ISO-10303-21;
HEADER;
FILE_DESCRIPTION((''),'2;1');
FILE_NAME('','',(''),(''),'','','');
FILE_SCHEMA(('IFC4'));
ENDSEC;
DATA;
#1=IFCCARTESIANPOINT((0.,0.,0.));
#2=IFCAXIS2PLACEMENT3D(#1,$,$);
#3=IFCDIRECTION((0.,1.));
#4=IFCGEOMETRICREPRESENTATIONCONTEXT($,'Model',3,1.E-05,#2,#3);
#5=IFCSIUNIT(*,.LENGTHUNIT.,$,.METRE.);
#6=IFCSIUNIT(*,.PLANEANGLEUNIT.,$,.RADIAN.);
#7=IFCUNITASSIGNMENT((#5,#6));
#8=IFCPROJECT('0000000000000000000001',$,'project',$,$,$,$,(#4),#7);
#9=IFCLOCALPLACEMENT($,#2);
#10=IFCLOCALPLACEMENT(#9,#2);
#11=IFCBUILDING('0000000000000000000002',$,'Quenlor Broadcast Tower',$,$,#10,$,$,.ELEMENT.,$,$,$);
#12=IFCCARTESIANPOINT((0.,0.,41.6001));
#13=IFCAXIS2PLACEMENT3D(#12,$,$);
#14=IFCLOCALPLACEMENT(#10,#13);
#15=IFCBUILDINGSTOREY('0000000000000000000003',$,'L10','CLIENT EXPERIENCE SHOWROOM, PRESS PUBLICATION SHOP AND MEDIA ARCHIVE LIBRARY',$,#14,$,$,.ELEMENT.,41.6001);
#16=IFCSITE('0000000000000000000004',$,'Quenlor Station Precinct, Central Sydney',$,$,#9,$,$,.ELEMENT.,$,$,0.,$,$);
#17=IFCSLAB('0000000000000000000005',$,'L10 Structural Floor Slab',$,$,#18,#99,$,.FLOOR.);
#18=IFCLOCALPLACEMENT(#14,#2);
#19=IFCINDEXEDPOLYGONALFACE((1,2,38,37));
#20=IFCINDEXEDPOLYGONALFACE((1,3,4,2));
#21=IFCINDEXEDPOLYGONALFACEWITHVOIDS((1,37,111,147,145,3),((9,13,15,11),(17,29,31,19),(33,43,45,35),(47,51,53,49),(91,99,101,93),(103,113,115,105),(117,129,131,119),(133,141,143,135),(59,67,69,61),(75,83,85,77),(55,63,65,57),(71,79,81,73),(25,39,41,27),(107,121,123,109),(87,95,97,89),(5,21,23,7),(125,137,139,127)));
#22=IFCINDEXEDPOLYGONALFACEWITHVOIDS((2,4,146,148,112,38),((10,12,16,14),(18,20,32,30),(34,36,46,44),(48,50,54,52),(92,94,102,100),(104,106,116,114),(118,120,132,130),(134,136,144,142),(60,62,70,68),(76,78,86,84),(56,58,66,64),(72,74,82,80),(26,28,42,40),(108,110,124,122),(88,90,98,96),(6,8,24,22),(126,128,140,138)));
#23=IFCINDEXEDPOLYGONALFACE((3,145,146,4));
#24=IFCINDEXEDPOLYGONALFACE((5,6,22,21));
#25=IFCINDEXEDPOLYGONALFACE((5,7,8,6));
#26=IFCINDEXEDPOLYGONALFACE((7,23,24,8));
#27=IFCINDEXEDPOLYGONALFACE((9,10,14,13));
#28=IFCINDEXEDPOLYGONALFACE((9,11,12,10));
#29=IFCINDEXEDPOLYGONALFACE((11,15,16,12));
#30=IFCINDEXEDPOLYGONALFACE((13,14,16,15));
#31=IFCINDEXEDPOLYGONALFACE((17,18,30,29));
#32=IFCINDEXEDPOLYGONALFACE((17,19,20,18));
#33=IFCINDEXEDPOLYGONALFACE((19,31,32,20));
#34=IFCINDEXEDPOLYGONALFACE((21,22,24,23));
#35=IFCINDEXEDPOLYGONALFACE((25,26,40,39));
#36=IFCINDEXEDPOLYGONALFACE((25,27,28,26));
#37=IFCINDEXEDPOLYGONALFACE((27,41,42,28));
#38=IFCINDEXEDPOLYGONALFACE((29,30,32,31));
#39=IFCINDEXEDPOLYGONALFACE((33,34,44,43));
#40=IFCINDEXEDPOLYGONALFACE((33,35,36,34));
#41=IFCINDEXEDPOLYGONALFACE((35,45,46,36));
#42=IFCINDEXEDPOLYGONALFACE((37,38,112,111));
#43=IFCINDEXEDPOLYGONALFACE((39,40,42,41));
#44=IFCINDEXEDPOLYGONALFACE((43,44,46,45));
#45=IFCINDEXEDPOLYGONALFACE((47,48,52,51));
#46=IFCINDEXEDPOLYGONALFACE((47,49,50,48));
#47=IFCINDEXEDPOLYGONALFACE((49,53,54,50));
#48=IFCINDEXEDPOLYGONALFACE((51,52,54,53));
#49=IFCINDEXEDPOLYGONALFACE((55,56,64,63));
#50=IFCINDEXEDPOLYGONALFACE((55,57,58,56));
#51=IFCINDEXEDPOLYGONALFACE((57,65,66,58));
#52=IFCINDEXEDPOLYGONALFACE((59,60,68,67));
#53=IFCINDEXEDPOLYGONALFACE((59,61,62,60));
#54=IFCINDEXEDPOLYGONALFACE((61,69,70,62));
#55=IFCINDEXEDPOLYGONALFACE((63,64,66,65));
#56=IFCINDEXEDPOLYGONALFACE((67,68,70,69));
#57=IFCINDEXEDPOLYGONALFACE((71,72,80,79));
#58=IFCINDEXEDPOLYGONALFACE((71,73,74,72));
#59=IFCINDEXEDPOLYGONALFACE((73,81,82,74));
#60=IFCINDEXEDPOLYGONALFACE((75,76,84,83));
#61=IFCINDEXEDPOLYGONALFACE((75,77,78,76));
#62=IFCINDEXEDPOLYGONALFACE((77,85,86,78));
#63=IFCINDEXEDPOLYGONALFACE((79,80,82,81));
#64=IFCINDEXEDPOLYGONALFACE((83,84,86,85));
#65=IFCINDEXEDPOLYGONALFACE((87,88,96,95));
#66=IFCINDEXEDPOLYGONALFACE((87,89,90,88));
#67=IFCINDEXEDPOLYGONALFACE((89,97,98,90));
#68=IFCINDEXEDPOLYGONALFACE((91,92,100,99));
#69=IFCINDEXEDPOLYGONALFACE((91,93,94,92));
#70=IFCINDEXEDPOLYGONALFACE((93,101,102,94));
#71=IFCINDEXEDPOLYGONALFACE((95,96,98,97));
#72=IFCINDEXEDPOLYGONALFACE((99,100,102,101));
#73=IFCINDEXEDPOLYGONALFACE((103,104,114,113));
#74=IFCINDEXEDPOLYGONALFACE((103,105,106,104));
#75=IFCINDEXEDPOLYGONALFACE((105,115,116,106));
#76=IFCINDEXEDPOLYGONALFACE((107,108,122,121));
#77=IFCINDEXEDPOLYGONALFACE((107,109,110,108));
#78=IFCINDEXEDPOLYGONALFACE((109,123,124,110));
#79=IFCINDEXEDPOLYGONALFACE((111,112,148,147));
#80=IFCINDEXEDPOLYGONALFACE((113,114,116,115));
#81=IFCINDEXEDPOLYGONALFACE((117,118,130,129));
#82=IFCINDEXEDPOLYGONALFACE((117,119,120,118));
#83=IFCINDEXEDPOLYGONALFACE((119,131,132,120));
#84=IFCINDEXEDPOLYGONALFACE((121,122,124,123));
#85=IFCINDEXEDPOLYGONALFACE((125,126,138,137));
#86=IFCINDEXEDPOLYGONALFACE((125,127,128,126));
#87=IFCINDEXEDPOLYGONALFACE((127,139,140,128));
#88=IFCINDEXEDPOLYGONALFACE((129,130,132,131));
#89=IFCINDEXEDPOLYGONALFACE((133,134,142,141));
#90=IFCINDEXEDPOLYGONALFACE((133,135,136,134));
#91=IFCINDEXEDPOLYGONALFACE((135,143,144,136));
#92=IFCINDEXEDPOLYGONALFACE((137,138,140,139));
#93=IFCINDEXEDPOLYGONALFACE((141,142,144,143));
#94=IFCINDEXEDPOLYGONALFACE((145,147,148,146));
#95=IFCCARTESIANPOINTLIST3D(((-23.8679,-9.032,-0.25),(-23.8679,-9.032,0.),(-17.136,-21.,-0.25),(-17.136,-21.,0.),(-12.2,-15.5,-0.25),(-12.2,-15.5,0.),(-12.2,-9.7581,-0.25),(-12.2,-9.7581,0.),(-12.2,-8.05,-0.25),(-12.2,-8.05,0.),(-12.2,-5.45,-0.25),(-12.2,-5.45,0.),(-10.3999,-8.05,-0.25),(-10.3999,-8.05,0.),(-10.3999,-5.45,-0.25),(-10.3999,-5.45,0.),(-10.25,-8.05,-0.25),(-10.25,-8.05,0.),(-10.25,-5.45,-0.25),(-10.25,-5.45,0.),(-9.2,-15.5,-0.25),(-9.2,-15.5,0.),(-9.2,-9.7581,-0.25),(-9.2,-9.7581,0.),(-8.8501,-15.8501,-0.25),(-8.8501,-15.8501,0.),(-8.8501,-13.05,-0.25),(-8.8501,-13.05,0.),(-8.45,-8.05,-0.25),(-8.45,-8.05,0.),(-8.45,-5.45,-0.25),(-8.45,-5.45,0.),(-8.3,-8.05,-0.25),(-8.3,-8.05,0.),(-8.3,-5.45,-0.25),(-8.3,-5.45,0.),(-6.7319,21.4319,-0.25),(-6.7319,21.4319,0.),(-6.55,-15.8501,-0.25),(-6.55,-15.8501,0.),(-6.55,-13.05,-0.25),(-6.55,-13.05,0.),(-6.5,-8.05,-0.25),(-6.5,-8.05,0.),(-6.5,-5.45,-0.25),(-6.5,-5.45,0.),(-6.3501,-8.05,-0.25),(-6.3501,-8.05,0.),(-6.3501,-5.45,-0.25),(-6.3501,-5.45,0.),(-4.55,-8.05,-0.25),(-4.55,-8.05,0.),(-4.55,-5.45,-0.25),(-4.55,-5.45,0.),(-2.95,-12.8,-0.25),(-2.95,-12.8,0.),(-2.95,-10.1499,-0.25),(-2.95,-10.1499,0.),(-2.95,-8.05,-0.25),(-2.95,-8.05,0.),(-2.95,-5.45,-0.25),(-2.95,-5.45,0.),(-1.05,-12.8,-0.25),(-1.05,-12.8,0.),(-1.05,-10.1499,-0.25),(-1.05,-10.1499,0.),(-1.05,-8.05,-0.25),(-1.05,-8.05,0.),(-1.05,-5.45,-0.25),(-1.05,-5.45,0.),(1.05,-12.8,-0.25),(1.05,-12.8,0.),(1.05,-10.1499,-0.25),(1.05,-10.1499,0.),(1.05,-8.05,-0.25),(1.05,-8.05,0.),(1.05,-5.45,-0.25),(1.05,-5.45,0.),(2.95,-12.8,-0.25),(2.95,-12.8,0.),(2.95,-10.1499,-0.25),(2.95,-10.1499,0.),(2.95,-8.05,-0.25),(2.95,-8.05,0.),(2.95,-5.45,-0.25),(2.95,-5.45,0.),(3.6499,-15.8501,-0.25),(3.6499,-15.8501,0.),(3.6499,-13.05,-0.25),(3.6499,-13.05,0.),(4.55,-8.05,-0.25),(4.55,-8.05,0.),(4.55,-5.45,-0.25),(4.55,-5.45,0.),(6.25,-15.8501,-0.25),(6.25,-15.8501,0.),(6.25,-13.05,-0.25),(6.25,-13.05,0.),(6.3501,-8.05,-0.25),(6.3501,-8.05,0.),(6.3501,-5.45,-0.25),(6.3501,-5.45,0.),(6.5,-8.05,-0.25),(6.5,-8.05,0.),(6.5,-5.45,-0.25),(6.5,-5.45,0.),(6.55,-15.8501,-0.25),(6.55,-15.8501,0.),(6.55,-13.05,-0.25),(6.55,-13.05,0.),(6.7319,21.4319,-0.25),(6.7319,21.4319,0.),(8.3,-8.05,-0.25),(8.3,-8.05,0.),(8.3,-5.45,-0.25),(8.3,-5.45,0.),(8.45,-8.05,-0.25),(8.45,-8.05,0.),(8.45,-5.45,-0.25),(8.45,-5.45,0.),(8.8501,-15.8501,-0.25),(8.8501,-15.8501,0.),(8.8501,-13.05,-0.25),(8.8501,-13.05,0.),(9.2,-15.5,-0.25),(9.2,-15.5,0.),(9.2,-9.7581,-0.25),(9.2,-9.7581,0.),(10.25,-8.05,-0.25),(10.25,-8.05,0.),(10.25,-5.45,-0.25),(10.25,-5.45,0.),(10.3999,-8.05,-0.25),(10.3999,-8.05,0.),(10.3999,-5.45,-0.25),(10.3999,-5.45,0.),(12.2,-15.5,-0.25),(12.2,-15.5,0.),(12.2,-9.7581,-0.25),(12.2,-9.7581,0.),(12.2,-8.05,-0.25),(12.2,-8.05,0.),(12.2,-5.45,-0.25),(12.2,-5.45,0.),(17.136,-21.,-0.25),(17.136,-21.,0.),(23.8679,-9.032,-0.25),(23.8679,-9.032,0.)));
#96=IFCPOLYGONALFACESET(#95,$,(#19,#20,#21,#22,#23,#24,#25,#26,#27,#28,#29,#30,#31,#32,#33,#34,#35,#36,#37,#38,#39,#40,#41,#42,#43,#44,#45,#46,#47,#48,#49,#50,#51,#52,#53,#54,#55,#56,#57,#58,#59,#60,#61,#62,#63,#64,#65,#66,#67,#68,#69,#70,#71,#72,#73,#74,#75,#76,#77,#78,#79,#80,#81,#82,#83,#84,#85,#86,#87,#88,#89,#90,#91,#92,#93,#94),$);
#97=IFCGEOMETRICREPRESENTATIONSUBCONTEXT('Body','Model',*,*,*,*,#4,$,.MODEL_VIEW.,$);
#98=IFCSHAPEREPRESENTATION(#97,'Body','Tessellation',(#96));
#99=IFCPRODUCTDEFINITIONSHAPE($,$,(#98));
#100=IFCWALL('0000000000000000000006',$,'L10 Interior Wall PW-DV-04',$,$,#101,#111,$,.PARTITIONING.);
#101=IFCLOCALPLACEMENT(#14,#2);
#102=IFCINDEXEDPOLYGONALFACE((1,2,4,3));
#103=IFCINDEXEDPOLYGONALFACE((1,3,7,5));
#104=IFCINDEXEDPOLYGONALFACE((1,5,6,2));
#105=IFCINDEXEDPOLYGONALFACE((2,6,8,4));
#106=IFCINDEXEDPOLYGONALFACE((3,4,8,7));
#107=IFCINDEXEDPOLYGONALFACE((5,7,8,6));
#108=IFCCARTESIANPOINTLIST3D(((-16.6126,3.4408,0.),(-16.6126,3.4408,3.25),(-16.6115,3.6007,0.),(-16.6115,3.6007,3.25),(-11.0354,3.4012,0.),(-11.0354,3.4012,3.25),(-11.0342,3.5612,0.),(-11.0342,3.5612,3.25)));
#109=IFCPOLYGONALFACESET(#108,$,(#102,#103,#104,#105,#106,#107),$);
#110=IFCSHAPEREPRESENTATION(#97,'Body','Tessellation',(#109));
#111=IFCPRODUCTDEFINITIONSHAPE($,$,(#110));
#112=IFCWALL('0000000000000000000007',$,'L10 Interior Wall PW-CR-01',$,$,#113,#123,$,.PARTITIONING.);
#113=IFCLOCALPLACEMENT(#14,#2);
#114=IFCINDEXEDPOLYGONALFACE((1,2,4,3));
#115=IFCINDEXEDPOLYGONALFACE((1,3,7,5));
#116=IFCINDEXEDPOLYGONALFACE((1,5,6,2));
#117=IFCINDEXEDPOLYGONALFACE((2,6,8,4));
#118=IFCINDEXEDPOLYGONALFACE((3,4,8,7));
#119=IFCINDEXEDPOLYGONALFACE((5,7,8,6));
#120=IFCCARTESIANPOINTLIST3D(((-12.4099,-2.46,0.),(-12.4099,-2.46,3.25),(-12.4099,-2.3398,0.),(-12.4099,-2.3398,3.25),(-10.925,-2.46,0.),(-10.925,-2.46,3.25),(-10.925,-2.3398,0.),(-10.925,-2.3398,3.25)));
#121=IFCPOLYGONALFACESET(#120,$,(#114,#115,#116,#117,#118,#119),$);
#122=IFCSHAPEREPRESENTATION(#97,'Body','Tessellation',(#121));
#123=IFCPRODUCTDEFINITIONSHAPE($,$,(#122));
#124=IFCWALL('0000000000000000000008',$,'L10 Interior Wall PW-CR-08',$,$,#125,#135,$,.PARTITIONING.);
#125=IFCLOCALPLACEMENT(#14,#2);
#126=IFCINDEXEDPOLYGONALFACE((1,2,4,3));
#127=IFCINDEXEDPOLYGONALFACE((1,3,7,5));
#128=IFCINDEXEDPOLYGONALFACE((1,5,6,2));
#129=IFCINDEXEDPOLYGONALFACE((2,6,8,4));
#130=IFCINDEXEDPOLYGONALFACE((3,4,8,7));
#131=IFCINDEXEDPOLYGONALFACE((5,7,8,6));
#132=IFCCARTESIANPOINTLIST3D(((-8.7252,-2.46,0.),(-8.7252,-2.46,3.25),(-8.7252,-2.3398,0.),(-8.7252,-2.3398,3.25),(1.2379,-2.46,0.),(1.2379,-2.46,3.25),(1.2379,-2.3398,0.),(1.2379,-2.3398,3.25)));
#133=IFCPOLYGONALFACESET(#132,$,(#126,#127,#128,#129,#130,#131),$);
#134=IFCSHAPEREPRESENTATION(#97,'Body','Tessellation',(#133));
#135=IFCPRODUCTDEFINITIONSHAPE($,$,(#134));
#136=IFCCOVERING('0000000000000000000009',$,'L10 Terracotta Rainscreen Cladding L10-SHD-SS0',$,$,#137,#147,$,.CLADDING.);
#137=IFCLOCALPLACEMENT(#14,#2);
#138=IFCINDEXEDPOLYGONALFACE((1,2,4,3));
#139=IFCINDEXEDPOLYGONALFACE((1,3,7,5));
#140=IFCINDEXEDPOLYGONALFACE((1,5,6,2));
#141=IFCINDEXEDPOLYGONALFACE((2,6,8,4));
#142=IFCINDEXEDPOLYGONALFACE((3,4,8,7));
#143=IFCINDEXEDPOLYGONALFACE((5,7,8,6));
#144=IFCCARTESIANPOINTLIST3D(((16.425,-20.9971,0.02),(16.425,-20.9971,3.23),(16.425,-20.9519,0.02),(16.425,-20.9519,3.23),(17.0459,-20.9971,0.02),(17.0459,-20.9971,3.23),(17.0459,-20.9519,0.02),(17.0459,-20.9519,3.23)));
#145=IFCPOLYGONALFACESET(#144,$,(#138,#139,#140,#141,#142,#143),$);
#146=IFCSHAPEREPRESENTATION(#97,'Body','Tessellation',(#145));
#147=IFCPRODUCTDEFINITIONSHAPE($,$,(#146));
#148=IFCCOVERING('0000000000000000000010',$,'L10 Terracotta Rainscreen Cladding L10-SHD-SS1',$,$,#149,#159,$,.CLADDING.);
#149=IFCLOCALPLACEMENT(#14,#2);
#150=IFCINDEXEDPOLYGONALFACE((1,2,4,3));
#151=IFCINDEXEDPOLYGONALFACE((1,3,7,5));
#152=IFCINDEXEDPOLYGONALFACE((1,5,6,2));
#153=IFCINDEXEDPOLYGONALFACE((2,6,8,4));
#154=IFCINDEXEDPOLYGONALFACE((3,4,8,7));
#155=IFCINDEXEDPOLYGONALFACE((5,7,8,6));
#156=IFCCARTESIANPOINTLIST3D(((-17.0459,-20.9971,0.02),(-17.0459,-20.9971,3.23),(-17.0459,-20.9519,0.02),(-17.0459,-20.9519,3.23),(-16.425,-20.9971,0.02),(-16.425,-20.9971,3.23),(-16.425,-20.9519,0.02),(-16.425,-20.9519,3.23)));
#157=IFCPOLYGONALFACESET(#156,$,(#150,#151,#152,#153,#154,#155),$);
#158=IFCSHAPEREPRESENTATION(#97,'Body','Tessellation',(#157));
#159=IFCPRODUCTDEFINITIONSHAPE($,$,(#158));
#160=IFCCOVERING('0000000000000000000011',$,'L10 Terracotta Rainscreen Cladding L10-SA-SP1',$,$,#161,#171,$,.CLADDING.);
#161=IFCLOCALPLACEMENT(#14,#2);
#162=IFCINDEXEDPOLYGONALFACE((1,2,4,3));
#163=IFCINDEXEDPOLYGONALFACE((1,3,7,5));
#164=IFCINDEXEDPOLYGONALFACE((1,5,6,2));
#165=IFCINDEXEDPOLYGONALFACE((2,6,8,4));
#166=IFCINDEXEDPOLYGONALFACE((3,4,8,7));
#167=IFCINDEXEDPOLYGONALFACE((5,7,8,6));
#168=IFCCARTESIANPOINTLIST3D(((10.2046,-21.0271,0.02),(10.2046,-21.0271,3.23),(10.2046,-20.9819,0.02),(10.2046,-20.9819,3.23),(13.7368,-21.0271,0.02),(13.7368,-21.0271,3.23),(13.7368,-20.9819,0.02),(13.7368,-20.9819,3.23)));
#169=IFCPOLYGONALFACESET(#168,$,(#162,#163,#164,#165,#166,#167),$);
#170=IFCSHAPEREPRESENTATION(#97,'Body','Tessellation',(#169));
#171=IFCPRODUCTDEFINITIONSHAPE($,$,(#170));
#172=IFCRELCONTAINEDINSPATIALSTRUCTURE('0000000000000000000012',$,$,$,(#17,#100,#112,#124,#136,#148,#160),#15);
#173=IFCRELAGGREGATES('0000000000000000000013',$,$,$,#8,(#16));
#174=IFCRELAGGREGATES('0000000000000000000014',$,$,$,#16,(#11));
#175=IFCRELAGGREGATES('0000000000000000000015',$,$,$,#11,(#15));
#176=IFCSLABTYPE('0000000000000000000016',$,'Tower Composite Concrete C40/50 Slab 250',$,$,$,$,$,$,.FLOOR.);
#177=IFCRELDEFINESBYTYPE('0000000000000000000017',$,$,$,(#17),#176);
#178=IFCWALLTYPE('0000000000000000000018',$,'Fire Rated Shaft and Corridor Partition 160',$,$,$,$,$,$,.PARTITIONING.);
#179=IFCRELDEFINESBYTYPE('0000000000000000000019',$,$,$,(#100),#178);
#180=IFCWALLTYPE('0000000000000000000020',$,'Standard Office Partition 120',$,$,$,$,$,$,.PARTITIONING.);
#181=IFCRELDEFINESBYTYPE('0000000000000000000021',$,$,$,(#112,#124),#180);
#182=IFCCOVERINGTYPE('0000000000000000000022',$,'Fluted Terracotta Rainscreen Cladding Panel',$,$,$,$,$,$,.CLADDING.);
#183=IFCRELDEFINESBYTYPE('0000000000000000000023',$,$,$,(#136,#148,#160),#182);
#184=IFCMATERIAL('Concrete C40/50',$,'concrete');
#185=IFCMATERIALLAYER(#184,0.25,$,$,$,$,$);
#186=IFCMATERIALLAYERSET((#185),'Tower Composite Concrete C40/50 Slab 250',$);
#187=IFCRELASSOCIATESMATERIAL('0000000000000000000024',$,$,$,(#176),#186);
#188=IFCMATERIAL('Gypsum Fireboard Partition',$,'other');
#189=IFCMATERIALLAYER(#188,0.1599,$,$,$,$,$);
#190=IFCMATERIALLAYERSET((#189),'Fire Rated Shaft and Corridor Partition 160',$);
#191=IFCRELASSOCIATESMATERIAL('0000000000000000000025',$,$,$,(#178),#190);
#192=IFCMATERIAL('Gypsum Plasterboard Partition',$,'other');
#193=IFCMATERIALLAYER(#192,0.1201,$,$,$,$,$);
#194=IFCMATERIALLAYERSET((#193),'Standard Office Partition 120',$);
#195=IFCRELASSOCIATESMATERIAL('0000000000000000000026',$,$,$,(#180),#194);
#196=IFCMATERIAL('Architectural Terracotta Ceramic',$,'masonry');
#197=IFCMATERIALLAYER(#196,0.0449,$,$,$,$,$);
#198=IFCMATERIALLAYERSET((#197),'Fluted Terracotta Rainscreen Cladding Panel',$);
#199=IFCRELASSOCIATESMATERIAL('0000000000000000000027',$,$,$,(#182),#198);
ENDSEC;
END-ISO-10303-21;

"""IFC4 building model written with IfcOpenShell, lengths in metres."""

from ifc_helpers import new_model, si_unit, direction, frame, frame_2d, origin, place, context, subcontext, project, spatial, polyline, rectangle, outline, extrude, material, layer, layer_set, type_object, element, save


model = new_model("IFC4")

# Units and contexts
model_context = context("Model", 3, precision=1e-05, world=origin(), true_north=direction((0.0, 1.0)))
body_context = subcontext(model_context, "Body", "Model", "MODEL_VIEW")
ifc_project = project(units=[si_unit("LENGTHUNIT", "METRE"), si_unit("PLANEANGLEUNIT", "RADIAN")], contexts=[model_context])

# Site, building, storey
site_placement = place(None, origin())
site = spatial("IfcSite", under=ifc_project, at=site_placement, Name="Quenlor Station Precinct, Central Sydney", CompositionType="ELEMENT", RefElevation=0.0)
building_placement = place(site_placement, origin())
building = spatial("IfcBuilding", under=site, at=building_placement, Name="Quenlor Broadcast Tower", CompositionType="ELEMENT")
storey_placement = place(building_placement, frame((0.0, 0.0, 41.6001)))
storey = spatial("IfcBuildingStorey", under=building, at=storey_placement, Name="L10", Description="CLIENT EXPERIENCE SHOWROOM, PRESS PUBLICATION SHOP AND MEDIA ARCHIVE LIBRARY", CompositionType="ELEMENT", Elevation=41.6001)

# Slab
ifc_material_1 = material(Name="Concrete C40/50", Category="concrete")
ifc_layer_1 = layer(ifc_material_1, 0.25)
ifc_layer_set_1 = layer_set([ifc_layer_1], Name="Tower Composite Concrete C40/50 Slab 250")
slab_type = type_object("IfcSlabType", Name="Tower Composite Concrete C40/50 Slab 250", PredefinedType="FLOOR", material=ifc_layer_set_1)
slab_placement = place(storey_placement, frame((0.0, 0.0, -0.25)))
element("IfcSlab", 1, at=slab_placement, inside=storey, type_object=slab_type, Name="L10 Structural Floor Slab", PredefinedType="FLOOR", context=body_context, shape_type="SweptSolid", body=[
    extrude(outline(polyline([(17.136, -21.0), (23.8679, -9.032), (6.7319, 21.4319), (-6.7319, 21.4319), (-23.8679, -9.032), (-17.136, -21.0), (17.136, -21.0)]), holes=[polyline([(-12.2, -9.7581), (-12.2, -15.5), (-9.2, -15.5), (-9.2, -9.7581), (-12.2, -9.7581)]), polyline([(9.2, -9.7581), (9.2, -15.5), (12.2, -15.5), (12.2, -9.7581), (9.2, -9.7581)]), polyline([(-12.2, -8.05), (-10.3999, -8.05), (-10.3999, -5.45), (-12.2, -5.45), (-12.2, -8.05)]), polyline([(-10.25, -8.05), (-8.45, -8.05), (-8.45, -5.45), (-10.25, -5.45), (-10.25, -8.05)]), polyline([(-8.3, -8.05), (-6.5, -8.05), (-6.5, -5.45), (-8.3, -5.45), (-8.3, -8.05)]), polyline([(-6.3501, -8.05), (-4.55, -8.05), (-4.55, -5.45), (-6.3501, -5.45), (-6.3501, -8.05)]), polyline([(-2.95, -8.05), (-1.05, -8.05), (-1.05, -5.45), (-2.95, -5.45), (-2.95, -8.05)]), polyline([(1.05, -8.05), (2.95, -8.05), (2.95, -5.45), (1.05, -5.45), (1.05, -8.05)]), polyline([(-2.95, -12.8), (-1.05, -12.8), (-1.05, -10.1499), (-2.95, -10.1499), (-2.95, -12.8)]), polyline([(1.05, -12.8), (2.95, -12.8), (2.95, -10.1499), (1.05, -10.1499), (1.05, -12.8)]), polyline([(4.55, -8.05), (6.3501, -8.05), (6.3501, -5.45), (4.55, -5.45), (4.55, -8.05)]), polyline([(6.5, -8.05), (8.3, -8.05), (8.3, -5.45), (6.5, -5.45), (6.5, -8.05)]), polyline([(8.45, -8.05), (10.25, -8.05), (10.25, -5.45), (8.45, -5.45), (8.45, -8.05)]), polyline([(10.3999, -8.05), (12.2, -8.05), (12.2, -5.45), (10.3999, -5.45), (10.3999, -8.05)]), polyline([(-8.8501, -15.8501), (-6.55, -15.8501), (-6.55, -13.05), (-8.8501, -13.05), (-8.8501, -15.8501)]), polyline([(6.55, -15.8501), (8.8501, -15.8501), (8.8501, -13.05), (6.55, -13.05), (6.55, -15.8501)]), polyline([(3.6499, -15.8501), (6.25, -15.8501), (6.25, -13.05), (3.6499, -13.05), (3.6499, -15.8501)])]), origin(), (0.0, 0.0, 1.0), 0.25),
])

# Walls
ifc_material_2 = material(Name="Gypsum Fireboard Partition", Category="other")
ifc_layer_2 = layer(ifc_material_2, 0.1599)
ifc_layer_set_2 = layer_set([ifc_layer_2], Name="Fire Rated Shaft and Corridor Partition 160")
wall_type_1 = type_object("IfcWallType", Name="Fire Rated Shaft and Corridor Partition 160", PredefinedType="PARTITIONING", material=ifc_layer_set_2)
wall_1_placement = place(storey_placement, frame((-11.0349, 3.4812, 0.0), z_axis=(0.0, 0.0, 1.0), x_axis=(-0.999975, 0.007091, 0.0)))
element("IfcWall", 2, at=wall_1_placement, inside=storey, type_object=wall_type_1, Name="L10 Interior Wall PW-DV-04", PredefinedType="PARTITIONING", context=body_context, shape_type="SweptSolid", body=[
    extrude(rectangle(XDim=5.5774, YDim=0.1599, at=frame_2d((2.7886, 0.0))), origin(), (0.0, 0.0, 1.0), 3.25),
])
ifc_material_3 = material(Name="Gypsum Plasterboard Partition", Category="other")
ifc_layer_3 = layer(ifc_material_3, 0.1201)
ifc_layer_set_3 = layer_set([ifc_layer_3], Name="Standard Office Partition 120")
wall_type_2 = type_object("IfcWallType", Name="Standard Office Partition 120", PredefinedType="PARTITIONING", material=ifc_layer_set_3)
wall_2_placement = place(storey_placement, frame((-12.4099, -2.3999, 0.0), z_axis=(0.0, 0.0, 1.0), x_axis=(1.0, 0.0, 0.0)))
element("IfcWall", 3, at=wall_2_placement, inside=storey, type_object=wall_type_2, Name="L10 Interior Wall PW-CR-01", PredefinedType="PARTITIONING", context=body_context, shape_type="SweptSolid", body=[
    extrude(rectangle(XDim=1.4849, YDim=0.1201, at=frame_2d((0.7424, 0.0))), origin(), (0.0, 0.0, 1.0), 3.25),
])

# Wall
wall_3_placement = place(storey_placement, frame((-8.7251, -2.3999, 0.0), z_axis=(0.0, 0.0, 1.0), x_axis=(1.0, 0.0, 0.0)))
element("IfcWall", 4, at=wall_3_placement, inside=storey, type_object=wall_type_2, Name="L10 Interior Wall PW-CR-08", PredefinedType="PARTITIONING", context=body_context, shape_type="SweptSolid", body=[
    extrude(rectangle(XDim=9.9631, YDim=0.1201, at=frame_2d((4.9814, 0.0))), origin(), (0.0, 0.0, 1.0), 3.25),
])

# Coverings
ifc_material_4 = material(Name="Architectural Terracotta Ceramic", Category="masonry")
ifc_layer_4 = layer(ifc_material_4, 0.0449)
ifc_layer_set_4 = layer_set([ifc_layer_4], Name="Fluted Terracotta Rainscreen Cladding Panel")
covering_type = type_object("IfcCoveringType", Name="Fluted Terracotta Rainscreen Cladding Panel", PredefinedType="CLADDING", material=ifc_layer_set_4)
covering_1_placement = place(storey_placement, frame((0.0, 0.0, 0.02)))
element("IfcCovering", 5, at=covering_1_placement, inside=storey, type_object=covering_type, Name="L10 Terracotta Rainscreen Cladding L10-SHD-SS0", PredefinedType="CLADDING", context=body_context, shape_type="SweptSolid", body=[
    extrude(outline(polyline([(17.0459, -20.9519), (16.425, -20.9519), (16.425, -20.9971), (17.0459, -20.9971), (17.0459, -20.9519)])), origin(), (0.0, 0.0, 1.0), 3.21),
])
covering_2_placement = place(storey_placement, frame((0.0, 0.0, 0.02)))
element("IfcCovering", 6, at=covering_2_placement, inside=storey, type_object=covering_type, Name="L10 Terracotta Rainscreen Cladding L10-SHD-SS1", PredefinedType="CLADDING", context=body_context, shape_type="SweptSolid", body=[
    extrude(outline(polyline([(-16.425, -20.9519), (-17.0459, -20.9519), (-17.0459, -20.9971), (-16.425, -20.9971), (-16.425, -20.9519)])), origin(), (0.0, 0.0, 1.0), 3.21),
])
covering_3_placement = place(storey_placement, frame((0.0, 0.0, 0.02)))
element("IfcCovering", 7, at=covering_3_placement, inside=storey, type_object=covering_type, Name="L10 Terracotta Rainscreen Cladding L10-SA-SP1", PredefinedType="CLADDING", context=body_context, shape_type="SweptSolid", body=[
    extrude(outline(polyline([(13.7368, -20.9819), (10.2046, -20.9819), (10.2046, -21.0271), (13.7368, -21.0271), (13.7368, -20.9819)])), origin(), (0.0, 0.0, 1.0), 3.21),
])

save(model, "model.ifc")
